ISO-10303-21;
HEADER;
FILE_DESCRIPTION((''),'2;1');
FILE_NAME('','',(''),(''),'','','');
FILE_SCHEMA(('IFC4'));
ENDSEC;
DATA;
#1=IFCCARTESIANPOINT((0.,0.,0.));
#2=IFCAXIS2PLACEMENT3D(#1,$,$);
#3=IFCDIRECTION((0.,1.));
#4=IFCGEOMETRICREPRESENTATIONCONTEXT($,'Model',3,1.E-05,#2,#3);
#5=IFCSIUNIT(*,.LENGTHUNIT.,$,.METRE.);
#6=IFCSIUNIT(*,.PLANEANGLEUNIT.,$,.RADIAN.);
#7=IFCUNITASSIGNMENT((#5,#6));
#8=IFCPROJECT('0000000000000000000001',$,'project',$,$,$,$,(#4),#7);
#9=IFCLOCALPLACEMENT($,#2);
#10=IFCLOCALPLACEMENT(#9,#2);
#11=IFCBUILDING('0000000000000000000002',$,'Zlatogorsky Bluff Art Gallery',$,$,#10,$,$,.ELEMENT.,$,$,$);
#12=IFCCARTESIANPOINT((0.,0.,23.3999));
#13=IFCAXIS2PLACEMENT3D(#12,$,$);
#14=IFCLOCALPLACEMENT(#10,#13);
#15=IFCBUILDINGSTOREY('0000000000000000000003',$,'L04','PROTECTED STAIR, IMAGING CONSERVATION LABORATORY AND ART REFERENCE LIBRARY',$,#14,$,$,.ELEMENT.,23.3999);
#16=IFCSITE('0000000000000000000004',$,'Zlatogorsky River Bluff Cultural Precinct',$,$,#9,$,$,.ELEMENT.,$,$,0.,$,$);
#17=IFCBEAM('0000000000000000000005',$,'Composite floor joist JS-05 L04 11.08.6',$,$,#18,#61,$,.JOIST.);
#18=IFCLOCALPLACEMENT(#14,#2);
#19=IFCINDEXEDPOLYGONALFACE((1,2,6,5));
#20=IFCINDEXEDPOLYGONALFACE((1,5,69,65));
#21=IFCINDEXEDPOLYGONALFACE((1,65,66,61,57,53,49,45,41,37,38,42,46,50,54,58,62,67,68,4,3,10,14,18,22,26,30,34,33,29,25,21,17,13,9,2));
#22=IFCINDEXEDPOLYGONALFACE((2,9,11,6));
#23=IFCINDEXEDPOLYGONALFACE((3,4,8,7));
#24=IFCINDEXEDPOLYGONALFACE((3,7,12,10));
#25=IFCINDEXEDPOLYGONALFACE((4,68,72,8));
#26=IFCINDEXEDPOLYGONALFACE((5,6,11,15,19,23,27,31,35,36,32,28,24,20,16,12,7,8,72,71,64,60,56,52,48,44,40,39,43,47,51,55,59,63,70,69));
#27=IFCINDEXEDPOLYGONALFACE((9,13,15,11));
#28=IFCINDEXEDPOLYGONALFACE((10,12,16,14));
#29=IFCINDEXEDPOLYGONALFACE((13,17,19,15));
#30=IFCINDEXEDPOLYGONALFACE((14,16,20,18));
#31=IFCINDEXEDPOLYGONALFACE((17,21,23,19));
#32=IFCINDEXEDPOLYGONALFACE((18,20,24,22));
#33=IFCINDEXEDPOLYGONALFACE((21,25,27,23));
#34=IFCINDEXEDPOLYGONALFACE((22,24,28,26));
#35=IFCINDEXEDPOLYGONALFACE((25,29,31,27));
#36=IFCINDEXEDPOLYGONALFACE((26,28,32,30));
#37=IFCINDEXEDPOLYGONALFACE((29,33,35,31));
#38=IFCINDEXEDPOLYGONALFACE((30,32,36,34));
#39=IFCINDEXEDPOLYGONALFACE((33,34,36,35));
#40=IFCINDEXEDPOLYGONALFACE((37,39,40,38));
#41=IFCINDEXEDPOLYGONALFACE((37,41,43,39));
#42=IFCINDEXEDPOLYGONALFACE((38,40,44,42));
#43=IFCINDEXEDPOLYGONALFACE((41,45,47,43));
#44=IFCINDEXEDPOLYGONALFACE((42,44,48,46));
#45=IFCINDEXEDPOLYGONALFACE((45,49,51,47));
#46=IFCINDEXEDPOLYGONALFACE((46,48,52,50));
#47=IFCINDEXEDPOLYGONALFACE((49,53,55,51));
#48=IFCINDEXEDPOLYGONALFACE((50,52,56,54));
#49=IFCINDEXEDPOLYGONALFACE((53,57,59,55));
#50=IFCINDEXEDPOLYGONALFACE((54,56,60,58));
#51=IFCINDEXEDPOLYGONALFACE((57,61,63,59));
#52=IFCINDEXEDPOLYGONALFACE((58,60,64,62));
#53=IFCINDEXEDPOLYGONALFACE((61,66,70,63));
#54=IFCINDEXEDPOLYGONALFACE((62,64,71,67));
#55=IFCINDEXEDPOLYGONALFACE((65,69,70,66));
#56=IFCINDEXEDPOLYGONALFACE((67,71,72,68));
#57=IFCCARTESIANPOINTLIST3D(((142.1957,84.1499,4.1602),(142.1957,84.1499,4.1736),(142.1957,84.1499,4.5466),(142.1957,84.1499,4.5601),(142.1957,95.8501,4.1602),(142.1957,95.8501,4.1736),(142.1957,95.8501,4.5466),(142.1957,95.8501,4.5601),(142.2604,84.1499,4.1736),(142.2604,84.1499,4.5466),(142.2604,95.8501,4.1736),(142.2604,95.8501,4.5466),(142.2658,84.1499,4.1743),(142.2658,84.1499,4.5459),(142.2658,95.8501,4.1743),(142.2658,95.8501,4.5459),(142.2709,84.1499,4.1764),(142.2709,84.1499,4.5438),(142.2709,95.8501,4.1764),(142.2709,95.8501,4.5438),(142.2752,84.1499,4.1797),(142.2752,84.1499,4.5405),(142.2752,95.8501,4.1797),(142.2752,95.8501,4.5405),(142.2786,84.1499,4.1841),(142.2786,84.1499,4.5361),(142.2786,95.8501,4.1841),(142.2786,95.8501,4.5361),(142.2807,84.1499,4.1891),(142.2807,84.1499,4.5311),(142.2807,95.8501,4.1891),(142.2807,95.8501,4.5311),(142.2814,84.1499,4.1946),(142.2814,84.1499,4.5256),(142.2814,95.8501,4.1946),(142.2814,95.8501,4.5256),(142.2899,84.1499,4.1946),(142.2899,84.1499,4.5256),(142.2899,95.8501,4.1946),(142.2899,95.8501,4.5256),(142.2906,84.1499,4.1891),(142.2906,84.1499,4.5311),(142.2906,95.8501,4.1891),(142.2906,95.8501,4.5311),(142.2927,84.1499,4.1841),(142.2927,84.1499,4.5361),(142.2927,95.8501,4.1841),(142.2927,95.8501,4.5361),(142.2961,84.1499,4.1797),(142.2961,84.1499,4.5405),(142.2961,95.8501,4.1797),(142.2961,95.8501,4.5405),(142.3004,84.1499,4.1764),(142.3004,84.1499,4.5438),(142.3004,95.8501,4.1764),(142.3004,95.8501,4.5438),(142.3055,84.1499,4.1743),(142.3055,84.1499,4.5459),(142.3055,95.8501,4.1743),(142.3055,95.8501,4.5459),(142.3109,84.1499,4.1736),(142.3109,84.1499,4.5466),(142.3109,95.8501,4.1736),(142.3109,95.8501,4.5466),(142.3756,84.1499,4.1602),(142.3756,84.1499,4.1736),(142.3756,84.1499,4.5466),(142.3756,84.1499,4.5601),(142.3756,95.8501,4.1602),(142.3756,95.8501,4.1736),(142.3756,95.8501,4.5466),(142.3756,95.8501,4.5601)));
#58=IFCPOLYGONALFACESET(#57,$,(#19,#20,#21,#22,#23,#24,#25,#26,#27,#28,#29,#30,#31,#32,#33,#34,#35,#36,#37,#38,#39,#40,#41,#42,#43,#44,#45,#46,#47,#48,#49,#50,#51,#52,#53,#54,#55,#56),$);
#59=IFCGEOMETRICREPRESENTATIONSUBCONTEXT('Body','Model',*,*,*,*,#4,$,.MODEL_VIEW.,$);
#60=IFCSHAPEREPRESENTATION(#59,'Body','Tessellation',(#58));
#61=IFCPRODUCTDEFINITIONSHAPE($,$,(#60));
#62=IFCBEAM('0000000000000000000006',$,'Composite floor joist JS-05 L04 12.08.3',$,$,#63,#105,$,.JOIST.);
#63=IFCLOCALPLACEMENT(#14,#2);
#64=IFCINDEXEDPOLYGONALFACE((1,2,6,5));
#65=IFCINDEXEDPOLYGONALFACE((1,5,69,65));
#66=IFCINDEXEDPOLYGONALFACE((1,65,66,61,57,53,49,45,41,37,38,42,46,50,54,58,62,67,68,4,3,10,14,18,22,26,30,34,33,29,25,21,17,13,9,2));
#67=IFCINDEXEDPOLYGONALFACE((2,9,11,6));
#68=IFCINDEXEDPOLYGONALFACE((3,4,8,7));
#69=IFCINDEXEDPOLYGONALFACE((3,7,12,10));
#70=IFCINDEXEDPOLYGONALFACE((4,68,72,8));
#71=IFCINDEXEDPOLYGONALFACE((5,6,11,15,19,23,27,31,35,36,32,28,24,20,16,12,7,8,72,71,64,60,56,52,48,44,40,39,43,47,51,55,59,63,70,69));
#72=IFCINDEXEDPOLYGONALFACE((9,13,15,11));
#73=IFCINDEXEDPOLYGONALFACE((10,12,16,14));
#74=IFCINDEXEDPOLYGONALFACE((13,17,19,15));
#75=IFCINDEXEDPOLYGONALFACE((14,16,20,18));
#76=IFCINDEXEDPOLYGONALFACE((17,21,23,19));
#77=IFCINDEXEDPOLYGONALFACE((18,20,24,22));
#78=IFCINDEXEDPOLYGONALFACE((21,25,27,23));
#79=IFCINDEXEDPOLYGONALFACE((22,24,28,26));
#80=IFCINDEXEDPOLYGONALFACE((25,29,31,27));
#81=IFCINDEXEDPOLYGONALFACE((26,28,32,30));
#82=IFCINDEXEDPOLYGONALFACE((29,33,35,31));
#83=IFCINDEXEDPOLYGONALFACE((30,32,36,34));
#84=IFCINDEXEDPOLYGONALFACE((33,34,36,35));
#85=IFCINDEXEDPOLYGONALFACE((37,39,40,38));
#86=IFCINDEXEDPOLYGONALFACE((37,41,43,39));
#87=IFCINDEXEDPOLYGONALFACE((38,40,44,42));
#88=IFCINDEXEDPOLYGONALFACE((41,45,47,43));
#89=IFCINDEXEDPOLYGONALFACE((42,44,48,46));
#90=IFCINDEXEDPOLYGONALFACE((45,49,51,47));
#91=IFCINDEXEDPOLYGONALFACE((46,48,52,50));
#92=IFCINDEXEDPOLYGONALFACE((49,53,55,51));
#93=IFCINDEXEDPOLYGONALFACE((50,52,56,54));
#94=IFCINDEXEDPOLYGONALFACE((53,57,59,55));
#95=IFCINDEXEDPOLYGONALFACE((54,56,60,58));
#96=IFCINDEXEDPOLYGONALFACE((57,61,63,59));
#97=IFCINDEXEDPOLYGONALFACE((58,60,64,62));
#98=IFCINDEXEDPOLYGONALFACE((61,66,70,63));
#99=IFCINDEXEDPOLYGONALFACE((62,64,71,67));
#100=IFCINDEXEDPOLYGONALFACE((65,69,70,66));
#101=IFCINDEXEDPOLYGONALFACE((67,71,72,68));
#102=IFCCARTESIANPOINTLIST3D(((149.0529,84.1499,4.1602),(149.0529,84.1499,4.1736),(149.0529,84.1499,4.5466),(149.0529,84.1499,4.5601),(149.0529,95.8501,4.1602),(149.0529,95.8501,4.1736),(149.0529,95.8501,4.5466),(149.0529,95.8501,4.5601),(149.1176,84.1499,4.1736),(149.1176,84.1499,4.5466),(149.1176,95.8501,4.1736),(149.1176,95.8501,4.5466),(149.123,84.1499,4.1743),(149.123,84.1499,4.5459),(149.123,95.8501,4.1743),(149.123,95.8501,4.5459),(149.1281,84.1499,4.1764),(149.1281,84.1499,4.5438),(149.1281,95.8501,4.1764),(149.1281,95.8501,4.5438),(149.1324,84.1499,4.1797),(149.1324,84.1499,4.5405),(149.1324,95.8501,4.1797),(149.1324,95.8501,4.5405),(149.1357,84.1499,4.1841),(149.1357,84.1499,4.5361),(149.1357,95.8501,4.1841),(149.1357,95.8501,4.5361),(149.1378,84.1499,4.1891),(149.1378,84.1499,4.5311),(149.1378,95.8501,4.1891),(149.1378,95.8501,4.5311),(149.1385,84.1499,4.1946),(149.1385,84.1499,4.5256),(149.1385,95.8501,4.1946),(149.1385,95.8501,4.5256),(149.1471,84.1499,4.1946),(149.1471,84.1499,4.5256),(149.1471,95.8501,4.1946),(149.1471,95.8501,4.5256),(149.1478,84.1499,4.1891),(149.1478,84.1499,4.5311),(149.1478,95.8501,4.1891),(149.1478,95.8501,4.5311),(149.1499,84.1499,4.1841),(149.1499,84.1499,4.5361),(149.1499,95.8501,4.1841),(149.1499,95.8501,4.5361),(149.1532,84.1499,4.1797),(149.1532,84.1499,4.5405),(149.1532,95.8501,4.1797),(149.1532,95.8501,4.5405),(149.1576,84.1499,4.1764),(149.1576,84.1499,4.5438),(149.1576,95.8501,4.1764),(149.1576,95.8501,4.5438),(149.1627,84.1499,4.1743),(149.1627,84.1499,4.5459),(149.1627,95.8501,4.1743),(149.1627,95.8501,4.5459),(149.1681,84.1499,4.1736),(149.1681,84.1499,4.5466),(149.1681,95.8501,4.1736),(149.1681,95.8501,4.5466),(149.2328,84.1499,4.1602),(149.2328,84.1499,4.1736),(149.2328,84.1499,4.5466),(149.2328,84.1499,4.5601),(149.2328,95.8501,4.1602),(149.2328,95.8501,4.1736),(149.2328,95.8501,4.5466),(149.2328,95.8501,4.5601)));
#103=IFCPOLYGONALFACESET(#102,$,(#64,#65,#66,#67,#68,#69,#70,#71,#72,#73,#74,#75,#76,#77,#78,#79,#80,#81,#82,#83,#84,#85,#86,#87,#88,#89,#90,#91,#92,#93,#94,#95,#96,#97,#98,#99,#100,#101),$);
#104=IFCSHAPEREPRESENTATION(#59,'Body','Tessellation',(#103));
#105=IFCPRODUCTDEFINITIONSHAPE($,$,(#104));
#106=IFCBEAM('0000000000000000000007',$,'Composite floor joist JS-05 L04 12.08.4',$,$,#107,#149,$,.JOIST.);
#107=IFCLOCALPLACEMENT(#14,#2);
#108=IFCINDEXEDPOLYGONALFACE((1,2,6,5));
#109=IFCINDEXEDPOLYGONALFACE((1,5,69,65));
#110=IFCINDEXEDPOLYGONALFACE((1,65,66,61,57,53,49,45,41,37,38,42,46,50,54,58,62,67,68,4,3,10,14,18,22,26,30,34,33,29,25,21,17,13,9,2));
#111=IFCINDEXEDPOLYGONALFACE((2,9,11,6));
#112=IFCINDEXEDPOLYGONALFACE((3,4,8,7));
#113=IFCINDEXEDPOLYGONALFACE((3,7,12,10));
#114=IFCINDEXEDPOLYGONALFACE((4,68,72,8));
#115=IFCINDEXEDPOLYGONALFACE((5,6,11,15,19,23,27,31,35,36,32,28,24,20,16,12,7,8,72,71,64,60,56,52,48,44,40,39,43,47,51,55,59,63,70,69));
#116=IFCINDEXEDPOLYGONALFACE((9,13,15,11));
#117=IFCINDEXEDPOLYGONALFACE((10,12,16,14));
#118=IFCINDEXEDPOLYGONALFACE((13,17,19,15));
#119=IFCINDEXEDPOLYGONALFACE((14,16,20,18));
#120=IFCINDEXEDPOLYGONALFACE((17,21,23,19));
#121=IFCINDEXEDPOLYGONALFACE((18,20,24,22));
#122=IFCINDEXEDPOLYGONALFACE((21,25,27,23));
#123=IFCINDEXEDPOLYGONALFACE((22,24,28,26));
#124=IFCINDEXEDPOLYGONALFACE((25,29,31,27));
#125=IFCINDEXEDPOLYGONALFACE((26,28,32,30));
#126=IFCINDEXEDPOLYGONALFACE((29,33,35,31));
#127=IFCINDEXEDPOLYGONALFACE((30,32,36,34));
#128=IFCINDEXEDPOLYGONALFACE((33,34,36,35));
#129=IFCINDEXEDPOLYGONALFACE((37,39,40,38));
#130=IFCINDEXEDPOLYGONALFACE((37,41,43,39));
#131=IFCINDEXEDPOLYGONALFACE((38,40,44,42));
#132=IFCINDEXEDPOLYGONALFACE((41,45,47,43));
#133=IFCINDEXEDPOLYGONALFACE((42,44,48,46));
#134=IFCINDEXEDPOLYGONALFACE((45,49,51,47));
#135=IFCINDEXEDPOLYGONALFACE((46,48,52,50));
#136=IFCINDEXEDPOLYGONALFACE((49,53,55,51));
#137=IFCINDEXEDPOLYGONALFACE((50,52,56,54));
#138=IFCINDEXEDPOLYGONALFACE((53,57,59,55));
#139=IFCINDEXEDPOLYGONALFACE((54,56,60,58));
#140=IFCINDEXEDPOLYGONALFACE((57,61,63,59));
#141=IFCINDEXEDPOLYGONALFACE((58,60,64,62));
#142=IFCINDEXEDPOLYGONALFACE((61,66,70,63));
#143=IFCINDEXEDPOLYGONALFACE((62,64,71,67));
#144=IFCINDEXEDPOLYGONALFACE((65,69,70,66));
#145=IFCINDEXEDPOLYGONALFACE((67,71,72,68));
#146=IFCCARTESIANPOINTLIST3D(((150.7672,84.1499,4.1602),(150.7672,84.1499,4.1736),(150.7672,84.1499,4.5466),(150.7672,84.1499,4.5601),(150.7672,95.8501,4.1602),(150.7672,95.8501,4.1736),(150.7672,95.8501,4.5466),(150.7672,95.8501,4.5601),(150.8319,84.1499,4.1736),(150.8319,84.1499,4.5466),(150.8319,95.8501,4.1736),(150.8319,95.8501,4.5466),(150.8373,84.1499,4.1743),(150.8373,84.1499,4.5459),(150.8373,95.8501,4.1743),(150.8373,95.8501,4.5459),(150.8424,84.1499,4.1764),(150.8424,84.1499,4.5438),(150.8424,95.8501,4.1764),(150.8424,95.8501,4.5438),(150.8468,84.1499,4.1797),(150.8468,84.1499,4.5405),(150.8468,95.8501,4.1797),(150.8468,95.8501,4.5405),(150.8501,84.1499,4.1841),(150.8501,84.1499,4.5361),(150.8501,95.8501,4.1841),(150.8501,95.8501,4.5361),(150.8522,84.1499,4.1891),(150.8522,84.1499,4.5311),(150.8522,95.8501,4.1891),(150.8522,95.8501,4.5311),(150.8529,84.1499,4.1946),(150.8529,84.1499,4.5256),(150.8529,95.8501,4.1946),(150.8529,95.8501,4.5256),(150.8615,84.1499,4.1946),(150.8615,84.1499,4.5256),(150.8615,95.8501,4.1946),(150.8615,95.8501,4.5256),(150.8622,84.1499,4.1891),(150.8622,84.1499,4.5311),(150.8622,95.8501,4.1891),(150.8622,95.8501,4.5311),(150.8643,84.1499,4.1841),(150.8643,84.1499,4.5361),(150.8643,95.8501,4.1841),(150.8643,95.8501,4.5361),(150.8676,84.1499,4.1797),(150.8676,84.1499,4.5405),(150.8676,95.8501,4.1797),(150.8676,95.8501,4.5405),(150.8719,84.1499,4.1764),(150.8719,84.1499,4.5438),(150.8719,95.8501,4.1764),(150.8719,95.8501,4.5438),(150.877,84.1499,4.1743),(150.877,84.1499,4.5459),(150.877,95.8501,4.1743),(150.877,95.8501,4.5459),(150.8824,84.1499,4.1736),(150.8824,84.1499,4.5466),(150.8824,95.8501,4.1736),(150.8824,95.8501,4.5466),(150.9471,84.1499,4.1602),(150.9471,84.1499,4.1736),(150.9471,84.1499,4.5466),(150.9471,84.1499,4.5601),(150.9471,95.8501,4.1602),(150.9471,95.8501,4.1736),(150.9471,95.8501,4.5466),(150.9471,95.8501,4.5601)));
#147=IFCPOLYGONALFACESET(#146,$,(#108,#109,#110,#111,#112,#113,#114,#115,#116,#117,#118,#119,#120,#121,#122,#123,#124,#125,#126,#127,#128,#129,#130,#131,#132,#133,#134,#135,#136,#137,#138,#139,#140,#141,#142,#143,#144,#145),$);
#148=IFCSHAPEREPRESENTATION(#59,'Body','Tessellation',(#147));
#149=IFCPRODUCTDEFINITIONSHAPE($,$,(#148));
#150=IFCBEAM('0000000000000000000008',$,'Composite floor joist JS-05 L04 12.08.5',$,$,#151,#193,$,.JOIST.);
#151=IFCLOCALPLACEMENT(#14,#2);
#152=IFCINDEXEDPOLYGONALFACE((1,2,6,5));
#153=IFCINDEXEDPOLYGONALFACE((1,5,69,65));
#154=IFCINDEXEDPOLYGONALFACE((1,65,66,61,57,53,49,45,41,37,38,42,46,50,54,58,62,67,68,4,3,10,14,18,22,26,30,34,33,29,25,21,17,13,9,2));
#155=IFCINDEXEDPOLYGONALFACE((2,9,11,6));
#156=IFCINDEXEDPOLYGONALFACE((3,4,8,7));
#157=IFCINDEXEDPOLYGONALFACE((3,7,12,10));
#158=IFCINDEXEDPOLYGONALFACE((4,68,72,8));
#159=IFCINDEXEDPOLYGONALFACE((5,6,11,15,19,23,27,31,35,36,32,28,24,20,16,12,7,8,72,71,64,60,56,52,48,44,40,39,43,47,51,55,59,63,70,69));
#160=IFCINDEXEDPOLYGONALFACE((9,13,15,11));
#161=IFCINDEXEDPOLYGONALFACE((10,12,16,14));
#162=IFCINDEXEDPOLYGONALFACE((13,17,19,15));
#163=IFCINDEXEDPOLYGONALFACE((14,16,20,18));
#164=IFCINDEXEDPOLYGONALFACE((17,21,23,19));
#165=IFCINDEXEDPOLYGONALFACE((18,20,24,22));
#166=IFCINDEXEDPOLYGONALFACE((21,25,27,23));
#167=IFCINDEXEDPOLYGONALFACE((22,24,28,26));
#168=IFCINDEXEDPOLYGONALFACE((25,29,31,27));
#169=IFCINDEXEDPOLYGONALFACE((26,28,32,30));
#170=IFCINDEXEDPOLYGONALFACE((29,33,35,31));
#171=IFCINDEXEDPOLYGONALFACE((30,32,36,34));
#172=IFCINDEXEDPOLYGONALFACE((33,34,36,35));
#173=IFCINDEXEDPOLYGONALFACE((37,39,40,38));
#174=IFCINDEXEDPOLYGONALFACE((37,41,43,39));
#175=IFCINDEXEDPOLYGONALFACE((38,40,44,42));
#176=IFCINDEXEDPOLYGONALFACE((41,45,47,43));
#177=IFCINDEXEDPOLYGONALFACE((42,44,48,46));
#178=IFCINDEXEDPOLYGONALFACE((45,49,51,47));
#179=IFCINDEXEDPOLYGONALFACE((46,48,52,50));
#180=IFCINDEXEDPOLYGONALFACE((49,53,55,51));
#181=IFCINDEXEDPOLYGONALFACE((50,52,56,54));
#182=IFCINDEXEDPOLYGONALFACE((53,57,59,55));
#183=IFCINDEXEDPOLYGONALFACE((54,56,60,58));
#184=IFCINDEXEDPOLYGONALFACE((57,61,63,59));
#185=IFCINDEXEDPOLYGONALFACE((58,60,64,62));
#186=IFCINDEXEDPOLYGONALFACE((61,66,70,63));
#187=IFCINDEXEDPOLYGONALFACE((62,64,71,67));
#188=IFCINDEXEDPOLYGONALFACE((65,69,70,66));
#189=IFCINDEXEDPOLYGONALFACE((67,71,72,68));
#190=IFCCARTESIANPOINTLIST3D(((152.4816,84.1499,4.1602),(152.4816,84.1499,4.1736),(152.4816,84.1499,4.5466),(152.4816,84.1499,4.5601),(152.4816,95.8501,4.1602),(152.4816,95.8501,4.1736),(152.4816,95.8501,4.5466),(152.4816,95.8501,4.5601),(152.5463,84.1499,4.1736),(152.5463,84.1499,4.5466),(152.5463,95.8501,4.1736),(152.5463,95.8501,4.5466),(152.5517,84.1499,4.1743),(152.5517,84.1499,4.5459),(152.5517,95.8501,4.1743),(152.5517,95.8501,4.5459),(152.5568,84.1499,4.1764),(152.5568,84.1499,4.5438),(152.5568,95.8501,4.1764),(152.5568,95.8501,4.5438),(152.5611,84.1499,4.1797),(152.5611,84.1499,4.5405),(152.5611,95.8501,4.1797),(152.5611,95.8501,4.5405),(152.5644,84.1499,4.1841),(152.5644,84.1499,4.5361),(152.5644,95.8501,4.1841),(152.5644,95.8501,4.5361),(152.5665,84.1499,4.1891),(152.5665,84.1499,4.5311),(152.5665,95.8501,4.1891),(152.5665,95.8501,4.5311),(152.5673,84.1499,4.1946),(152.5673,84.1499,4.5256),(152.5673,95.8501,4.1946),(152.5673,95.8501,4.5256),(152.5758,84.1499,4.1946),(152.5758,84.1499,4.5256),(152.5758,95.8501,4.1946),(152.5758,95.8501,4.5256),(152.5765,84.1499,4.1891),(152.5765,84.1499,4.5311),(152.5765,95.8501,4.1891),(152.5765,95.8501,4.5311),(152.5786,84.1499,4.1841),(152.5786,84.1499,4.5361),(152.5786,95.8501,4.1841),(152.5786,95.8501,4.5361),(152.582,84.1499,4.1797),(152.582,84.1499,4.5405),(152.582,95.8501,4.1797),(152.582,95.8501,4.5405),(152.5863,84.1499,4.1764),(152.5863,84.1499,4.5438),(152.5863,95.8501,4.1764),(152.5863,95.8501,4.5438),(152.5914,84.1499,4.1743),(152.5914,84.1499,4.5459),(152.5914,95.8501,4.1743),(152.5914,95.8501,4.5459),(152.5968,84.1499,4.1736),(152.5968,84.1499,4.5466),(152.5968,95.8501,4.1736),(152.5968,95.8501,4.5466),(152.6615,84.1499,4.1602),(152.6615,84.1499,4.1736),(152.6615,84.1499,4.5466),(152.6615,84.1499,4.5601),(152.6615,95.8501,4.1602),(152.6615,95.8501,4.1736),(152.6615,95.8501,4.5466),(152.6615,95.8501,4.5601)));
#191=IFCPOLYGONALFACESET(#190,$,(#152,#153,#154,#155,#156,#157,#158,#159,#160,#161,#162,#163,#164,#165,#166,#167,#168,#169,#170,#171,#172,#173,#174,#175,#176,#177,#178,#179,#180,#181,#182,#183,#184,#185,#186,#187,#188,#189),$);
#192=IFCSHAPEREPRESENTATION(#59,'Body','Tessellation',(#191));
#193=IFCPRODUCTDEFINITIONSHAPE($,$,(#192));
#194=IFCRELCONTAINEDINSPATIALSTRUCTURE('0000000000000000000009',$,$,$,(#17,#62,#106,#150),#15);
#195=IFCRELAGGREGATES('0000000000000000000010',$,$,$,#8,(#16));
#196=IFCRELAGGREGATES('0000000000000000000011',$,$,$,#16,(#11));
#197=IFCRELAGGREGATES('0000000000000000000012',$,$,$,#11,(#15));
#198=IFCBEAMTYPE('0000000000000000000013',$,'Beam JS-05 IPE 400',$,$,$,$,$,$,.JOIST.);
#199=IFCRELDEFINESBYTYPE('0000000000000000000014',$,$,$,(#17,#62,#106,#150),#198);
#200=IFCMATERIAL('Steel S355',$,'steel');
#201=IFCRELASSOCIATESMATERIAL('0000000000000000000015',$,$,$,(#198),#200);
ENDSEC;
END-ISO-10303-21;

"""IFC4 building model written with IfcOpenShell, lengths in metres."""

from ifc_helpers import new_model, si_unit, direction, frame, origin, origin_2d, place, context, subcontext, project, spatial, i_section, extrude, material, material_profile, profile_set, type_object, element, save


model = new_model("IFC4")

# Units and contexts
model_context = context("Model", 3, precision=1e-05, world=origin(), true_north=direction((0.0, 1.0)))
body_context = subcontext(model_context, "Body", "Model", "MODEL_VIEW")
ifc_project = project(units=[si_unit("LENGTHUNIT", "METRE"), si_unit("PLANEANGLEUNIT", "RADIAN")], contexts=[model_context])

# Site, building, storey
site_placement = place(None, origin())
site = spatial("IfcSite", under=ifc_project, at=site_placement, Name="Zlatogorsky River Bluff Cultural Precinct", CompositionType="ELEMENT", RefElevation=0.0)
building_placement = place(site_placement, origin())
building = spatial("IfcBuilding", under=site, at=building_placement, Name="Zlatogorsky Bluff Art Gallery", CompositionType="ELEMENT")
storey_placement = place(building_placement, frame((0.0, 0.0, 23.3999)))
storey = spatial("IfcBuildingStorey", under=building, at=storey_placement, Name="L04", Description="PROTECTED STAIR, IMAGING CONSERVATION LABORATORY AND ART REFERENCE LIBRARY", CompositionType="ELEMENT", Elevation=23.3999)

# Beams
ifc_material_1 = material(Name="Steel S355", Category="steel")
ifc_material_profile = material_profile(ifc_material_1, i_section(OverallWidth=0.1799, OverallDepth=0.3999, WebThickness=0.0085, FlangeThickness=0.0134, FilletRadius=0.021, at=origin_2d()), Name="IPE 400")
ifc_profile_set = profile_set([ifc_material_profile], Name="Steel S355")
beam_type = type_object("IfcBeamType", Name="Beam JS-05 IPE 400", PredefinedType="JOIST", material=ifc_profile_set)
for number, where, z_axis, x_axis, name in (
    (1, (142.2856, 84.1499, 4.3601), (0.0, 1.0, 0.0), (-1.0, 0.0, 0.0), "Composite floor joist JS-05 L04 11.08.6"),
    (2, (149.1428, 84.1499, 4.3601), (0.0, 1.0, 0.0), (-1.0, 0.0, 0.0), "Composite floor joist JS-05 L04 12.08.3"),
    (3, (150.8572, 84.1499, 4.3601), (0.0, 1.0, 0.0), (-1.0, 0.0, 0.0), "Composite floor joist JS-05 L04 12.08.4"),
    (4, (152.5715, 84.1499, 4.3601), (0.0, 1.0, 0.0), (-1.0, 0.0, 0.0), "Composite floor joist JS-05 L04 12.08.5"),
):
    element("IfcBeam", number, at=place(storey_placement, frame(where, z_axis=z_axis, x_axis=x_axis)), inside=storey, type_object=beam_type, Name=name, PredefinedType="JOIST", context=body_context, shape_type="SweptSolid", body=[
        extrude(i_section(OverallWidth=0.1799, OverallDepth=0.3999, WebThickness=0.0085, FlangeThickness=0.0134, FilletRadius=0.021, at=origin_2d()), origin(), (0.0, 0.0, 1.0), 11.7002),
    ])

save(model, "model.ifc")
